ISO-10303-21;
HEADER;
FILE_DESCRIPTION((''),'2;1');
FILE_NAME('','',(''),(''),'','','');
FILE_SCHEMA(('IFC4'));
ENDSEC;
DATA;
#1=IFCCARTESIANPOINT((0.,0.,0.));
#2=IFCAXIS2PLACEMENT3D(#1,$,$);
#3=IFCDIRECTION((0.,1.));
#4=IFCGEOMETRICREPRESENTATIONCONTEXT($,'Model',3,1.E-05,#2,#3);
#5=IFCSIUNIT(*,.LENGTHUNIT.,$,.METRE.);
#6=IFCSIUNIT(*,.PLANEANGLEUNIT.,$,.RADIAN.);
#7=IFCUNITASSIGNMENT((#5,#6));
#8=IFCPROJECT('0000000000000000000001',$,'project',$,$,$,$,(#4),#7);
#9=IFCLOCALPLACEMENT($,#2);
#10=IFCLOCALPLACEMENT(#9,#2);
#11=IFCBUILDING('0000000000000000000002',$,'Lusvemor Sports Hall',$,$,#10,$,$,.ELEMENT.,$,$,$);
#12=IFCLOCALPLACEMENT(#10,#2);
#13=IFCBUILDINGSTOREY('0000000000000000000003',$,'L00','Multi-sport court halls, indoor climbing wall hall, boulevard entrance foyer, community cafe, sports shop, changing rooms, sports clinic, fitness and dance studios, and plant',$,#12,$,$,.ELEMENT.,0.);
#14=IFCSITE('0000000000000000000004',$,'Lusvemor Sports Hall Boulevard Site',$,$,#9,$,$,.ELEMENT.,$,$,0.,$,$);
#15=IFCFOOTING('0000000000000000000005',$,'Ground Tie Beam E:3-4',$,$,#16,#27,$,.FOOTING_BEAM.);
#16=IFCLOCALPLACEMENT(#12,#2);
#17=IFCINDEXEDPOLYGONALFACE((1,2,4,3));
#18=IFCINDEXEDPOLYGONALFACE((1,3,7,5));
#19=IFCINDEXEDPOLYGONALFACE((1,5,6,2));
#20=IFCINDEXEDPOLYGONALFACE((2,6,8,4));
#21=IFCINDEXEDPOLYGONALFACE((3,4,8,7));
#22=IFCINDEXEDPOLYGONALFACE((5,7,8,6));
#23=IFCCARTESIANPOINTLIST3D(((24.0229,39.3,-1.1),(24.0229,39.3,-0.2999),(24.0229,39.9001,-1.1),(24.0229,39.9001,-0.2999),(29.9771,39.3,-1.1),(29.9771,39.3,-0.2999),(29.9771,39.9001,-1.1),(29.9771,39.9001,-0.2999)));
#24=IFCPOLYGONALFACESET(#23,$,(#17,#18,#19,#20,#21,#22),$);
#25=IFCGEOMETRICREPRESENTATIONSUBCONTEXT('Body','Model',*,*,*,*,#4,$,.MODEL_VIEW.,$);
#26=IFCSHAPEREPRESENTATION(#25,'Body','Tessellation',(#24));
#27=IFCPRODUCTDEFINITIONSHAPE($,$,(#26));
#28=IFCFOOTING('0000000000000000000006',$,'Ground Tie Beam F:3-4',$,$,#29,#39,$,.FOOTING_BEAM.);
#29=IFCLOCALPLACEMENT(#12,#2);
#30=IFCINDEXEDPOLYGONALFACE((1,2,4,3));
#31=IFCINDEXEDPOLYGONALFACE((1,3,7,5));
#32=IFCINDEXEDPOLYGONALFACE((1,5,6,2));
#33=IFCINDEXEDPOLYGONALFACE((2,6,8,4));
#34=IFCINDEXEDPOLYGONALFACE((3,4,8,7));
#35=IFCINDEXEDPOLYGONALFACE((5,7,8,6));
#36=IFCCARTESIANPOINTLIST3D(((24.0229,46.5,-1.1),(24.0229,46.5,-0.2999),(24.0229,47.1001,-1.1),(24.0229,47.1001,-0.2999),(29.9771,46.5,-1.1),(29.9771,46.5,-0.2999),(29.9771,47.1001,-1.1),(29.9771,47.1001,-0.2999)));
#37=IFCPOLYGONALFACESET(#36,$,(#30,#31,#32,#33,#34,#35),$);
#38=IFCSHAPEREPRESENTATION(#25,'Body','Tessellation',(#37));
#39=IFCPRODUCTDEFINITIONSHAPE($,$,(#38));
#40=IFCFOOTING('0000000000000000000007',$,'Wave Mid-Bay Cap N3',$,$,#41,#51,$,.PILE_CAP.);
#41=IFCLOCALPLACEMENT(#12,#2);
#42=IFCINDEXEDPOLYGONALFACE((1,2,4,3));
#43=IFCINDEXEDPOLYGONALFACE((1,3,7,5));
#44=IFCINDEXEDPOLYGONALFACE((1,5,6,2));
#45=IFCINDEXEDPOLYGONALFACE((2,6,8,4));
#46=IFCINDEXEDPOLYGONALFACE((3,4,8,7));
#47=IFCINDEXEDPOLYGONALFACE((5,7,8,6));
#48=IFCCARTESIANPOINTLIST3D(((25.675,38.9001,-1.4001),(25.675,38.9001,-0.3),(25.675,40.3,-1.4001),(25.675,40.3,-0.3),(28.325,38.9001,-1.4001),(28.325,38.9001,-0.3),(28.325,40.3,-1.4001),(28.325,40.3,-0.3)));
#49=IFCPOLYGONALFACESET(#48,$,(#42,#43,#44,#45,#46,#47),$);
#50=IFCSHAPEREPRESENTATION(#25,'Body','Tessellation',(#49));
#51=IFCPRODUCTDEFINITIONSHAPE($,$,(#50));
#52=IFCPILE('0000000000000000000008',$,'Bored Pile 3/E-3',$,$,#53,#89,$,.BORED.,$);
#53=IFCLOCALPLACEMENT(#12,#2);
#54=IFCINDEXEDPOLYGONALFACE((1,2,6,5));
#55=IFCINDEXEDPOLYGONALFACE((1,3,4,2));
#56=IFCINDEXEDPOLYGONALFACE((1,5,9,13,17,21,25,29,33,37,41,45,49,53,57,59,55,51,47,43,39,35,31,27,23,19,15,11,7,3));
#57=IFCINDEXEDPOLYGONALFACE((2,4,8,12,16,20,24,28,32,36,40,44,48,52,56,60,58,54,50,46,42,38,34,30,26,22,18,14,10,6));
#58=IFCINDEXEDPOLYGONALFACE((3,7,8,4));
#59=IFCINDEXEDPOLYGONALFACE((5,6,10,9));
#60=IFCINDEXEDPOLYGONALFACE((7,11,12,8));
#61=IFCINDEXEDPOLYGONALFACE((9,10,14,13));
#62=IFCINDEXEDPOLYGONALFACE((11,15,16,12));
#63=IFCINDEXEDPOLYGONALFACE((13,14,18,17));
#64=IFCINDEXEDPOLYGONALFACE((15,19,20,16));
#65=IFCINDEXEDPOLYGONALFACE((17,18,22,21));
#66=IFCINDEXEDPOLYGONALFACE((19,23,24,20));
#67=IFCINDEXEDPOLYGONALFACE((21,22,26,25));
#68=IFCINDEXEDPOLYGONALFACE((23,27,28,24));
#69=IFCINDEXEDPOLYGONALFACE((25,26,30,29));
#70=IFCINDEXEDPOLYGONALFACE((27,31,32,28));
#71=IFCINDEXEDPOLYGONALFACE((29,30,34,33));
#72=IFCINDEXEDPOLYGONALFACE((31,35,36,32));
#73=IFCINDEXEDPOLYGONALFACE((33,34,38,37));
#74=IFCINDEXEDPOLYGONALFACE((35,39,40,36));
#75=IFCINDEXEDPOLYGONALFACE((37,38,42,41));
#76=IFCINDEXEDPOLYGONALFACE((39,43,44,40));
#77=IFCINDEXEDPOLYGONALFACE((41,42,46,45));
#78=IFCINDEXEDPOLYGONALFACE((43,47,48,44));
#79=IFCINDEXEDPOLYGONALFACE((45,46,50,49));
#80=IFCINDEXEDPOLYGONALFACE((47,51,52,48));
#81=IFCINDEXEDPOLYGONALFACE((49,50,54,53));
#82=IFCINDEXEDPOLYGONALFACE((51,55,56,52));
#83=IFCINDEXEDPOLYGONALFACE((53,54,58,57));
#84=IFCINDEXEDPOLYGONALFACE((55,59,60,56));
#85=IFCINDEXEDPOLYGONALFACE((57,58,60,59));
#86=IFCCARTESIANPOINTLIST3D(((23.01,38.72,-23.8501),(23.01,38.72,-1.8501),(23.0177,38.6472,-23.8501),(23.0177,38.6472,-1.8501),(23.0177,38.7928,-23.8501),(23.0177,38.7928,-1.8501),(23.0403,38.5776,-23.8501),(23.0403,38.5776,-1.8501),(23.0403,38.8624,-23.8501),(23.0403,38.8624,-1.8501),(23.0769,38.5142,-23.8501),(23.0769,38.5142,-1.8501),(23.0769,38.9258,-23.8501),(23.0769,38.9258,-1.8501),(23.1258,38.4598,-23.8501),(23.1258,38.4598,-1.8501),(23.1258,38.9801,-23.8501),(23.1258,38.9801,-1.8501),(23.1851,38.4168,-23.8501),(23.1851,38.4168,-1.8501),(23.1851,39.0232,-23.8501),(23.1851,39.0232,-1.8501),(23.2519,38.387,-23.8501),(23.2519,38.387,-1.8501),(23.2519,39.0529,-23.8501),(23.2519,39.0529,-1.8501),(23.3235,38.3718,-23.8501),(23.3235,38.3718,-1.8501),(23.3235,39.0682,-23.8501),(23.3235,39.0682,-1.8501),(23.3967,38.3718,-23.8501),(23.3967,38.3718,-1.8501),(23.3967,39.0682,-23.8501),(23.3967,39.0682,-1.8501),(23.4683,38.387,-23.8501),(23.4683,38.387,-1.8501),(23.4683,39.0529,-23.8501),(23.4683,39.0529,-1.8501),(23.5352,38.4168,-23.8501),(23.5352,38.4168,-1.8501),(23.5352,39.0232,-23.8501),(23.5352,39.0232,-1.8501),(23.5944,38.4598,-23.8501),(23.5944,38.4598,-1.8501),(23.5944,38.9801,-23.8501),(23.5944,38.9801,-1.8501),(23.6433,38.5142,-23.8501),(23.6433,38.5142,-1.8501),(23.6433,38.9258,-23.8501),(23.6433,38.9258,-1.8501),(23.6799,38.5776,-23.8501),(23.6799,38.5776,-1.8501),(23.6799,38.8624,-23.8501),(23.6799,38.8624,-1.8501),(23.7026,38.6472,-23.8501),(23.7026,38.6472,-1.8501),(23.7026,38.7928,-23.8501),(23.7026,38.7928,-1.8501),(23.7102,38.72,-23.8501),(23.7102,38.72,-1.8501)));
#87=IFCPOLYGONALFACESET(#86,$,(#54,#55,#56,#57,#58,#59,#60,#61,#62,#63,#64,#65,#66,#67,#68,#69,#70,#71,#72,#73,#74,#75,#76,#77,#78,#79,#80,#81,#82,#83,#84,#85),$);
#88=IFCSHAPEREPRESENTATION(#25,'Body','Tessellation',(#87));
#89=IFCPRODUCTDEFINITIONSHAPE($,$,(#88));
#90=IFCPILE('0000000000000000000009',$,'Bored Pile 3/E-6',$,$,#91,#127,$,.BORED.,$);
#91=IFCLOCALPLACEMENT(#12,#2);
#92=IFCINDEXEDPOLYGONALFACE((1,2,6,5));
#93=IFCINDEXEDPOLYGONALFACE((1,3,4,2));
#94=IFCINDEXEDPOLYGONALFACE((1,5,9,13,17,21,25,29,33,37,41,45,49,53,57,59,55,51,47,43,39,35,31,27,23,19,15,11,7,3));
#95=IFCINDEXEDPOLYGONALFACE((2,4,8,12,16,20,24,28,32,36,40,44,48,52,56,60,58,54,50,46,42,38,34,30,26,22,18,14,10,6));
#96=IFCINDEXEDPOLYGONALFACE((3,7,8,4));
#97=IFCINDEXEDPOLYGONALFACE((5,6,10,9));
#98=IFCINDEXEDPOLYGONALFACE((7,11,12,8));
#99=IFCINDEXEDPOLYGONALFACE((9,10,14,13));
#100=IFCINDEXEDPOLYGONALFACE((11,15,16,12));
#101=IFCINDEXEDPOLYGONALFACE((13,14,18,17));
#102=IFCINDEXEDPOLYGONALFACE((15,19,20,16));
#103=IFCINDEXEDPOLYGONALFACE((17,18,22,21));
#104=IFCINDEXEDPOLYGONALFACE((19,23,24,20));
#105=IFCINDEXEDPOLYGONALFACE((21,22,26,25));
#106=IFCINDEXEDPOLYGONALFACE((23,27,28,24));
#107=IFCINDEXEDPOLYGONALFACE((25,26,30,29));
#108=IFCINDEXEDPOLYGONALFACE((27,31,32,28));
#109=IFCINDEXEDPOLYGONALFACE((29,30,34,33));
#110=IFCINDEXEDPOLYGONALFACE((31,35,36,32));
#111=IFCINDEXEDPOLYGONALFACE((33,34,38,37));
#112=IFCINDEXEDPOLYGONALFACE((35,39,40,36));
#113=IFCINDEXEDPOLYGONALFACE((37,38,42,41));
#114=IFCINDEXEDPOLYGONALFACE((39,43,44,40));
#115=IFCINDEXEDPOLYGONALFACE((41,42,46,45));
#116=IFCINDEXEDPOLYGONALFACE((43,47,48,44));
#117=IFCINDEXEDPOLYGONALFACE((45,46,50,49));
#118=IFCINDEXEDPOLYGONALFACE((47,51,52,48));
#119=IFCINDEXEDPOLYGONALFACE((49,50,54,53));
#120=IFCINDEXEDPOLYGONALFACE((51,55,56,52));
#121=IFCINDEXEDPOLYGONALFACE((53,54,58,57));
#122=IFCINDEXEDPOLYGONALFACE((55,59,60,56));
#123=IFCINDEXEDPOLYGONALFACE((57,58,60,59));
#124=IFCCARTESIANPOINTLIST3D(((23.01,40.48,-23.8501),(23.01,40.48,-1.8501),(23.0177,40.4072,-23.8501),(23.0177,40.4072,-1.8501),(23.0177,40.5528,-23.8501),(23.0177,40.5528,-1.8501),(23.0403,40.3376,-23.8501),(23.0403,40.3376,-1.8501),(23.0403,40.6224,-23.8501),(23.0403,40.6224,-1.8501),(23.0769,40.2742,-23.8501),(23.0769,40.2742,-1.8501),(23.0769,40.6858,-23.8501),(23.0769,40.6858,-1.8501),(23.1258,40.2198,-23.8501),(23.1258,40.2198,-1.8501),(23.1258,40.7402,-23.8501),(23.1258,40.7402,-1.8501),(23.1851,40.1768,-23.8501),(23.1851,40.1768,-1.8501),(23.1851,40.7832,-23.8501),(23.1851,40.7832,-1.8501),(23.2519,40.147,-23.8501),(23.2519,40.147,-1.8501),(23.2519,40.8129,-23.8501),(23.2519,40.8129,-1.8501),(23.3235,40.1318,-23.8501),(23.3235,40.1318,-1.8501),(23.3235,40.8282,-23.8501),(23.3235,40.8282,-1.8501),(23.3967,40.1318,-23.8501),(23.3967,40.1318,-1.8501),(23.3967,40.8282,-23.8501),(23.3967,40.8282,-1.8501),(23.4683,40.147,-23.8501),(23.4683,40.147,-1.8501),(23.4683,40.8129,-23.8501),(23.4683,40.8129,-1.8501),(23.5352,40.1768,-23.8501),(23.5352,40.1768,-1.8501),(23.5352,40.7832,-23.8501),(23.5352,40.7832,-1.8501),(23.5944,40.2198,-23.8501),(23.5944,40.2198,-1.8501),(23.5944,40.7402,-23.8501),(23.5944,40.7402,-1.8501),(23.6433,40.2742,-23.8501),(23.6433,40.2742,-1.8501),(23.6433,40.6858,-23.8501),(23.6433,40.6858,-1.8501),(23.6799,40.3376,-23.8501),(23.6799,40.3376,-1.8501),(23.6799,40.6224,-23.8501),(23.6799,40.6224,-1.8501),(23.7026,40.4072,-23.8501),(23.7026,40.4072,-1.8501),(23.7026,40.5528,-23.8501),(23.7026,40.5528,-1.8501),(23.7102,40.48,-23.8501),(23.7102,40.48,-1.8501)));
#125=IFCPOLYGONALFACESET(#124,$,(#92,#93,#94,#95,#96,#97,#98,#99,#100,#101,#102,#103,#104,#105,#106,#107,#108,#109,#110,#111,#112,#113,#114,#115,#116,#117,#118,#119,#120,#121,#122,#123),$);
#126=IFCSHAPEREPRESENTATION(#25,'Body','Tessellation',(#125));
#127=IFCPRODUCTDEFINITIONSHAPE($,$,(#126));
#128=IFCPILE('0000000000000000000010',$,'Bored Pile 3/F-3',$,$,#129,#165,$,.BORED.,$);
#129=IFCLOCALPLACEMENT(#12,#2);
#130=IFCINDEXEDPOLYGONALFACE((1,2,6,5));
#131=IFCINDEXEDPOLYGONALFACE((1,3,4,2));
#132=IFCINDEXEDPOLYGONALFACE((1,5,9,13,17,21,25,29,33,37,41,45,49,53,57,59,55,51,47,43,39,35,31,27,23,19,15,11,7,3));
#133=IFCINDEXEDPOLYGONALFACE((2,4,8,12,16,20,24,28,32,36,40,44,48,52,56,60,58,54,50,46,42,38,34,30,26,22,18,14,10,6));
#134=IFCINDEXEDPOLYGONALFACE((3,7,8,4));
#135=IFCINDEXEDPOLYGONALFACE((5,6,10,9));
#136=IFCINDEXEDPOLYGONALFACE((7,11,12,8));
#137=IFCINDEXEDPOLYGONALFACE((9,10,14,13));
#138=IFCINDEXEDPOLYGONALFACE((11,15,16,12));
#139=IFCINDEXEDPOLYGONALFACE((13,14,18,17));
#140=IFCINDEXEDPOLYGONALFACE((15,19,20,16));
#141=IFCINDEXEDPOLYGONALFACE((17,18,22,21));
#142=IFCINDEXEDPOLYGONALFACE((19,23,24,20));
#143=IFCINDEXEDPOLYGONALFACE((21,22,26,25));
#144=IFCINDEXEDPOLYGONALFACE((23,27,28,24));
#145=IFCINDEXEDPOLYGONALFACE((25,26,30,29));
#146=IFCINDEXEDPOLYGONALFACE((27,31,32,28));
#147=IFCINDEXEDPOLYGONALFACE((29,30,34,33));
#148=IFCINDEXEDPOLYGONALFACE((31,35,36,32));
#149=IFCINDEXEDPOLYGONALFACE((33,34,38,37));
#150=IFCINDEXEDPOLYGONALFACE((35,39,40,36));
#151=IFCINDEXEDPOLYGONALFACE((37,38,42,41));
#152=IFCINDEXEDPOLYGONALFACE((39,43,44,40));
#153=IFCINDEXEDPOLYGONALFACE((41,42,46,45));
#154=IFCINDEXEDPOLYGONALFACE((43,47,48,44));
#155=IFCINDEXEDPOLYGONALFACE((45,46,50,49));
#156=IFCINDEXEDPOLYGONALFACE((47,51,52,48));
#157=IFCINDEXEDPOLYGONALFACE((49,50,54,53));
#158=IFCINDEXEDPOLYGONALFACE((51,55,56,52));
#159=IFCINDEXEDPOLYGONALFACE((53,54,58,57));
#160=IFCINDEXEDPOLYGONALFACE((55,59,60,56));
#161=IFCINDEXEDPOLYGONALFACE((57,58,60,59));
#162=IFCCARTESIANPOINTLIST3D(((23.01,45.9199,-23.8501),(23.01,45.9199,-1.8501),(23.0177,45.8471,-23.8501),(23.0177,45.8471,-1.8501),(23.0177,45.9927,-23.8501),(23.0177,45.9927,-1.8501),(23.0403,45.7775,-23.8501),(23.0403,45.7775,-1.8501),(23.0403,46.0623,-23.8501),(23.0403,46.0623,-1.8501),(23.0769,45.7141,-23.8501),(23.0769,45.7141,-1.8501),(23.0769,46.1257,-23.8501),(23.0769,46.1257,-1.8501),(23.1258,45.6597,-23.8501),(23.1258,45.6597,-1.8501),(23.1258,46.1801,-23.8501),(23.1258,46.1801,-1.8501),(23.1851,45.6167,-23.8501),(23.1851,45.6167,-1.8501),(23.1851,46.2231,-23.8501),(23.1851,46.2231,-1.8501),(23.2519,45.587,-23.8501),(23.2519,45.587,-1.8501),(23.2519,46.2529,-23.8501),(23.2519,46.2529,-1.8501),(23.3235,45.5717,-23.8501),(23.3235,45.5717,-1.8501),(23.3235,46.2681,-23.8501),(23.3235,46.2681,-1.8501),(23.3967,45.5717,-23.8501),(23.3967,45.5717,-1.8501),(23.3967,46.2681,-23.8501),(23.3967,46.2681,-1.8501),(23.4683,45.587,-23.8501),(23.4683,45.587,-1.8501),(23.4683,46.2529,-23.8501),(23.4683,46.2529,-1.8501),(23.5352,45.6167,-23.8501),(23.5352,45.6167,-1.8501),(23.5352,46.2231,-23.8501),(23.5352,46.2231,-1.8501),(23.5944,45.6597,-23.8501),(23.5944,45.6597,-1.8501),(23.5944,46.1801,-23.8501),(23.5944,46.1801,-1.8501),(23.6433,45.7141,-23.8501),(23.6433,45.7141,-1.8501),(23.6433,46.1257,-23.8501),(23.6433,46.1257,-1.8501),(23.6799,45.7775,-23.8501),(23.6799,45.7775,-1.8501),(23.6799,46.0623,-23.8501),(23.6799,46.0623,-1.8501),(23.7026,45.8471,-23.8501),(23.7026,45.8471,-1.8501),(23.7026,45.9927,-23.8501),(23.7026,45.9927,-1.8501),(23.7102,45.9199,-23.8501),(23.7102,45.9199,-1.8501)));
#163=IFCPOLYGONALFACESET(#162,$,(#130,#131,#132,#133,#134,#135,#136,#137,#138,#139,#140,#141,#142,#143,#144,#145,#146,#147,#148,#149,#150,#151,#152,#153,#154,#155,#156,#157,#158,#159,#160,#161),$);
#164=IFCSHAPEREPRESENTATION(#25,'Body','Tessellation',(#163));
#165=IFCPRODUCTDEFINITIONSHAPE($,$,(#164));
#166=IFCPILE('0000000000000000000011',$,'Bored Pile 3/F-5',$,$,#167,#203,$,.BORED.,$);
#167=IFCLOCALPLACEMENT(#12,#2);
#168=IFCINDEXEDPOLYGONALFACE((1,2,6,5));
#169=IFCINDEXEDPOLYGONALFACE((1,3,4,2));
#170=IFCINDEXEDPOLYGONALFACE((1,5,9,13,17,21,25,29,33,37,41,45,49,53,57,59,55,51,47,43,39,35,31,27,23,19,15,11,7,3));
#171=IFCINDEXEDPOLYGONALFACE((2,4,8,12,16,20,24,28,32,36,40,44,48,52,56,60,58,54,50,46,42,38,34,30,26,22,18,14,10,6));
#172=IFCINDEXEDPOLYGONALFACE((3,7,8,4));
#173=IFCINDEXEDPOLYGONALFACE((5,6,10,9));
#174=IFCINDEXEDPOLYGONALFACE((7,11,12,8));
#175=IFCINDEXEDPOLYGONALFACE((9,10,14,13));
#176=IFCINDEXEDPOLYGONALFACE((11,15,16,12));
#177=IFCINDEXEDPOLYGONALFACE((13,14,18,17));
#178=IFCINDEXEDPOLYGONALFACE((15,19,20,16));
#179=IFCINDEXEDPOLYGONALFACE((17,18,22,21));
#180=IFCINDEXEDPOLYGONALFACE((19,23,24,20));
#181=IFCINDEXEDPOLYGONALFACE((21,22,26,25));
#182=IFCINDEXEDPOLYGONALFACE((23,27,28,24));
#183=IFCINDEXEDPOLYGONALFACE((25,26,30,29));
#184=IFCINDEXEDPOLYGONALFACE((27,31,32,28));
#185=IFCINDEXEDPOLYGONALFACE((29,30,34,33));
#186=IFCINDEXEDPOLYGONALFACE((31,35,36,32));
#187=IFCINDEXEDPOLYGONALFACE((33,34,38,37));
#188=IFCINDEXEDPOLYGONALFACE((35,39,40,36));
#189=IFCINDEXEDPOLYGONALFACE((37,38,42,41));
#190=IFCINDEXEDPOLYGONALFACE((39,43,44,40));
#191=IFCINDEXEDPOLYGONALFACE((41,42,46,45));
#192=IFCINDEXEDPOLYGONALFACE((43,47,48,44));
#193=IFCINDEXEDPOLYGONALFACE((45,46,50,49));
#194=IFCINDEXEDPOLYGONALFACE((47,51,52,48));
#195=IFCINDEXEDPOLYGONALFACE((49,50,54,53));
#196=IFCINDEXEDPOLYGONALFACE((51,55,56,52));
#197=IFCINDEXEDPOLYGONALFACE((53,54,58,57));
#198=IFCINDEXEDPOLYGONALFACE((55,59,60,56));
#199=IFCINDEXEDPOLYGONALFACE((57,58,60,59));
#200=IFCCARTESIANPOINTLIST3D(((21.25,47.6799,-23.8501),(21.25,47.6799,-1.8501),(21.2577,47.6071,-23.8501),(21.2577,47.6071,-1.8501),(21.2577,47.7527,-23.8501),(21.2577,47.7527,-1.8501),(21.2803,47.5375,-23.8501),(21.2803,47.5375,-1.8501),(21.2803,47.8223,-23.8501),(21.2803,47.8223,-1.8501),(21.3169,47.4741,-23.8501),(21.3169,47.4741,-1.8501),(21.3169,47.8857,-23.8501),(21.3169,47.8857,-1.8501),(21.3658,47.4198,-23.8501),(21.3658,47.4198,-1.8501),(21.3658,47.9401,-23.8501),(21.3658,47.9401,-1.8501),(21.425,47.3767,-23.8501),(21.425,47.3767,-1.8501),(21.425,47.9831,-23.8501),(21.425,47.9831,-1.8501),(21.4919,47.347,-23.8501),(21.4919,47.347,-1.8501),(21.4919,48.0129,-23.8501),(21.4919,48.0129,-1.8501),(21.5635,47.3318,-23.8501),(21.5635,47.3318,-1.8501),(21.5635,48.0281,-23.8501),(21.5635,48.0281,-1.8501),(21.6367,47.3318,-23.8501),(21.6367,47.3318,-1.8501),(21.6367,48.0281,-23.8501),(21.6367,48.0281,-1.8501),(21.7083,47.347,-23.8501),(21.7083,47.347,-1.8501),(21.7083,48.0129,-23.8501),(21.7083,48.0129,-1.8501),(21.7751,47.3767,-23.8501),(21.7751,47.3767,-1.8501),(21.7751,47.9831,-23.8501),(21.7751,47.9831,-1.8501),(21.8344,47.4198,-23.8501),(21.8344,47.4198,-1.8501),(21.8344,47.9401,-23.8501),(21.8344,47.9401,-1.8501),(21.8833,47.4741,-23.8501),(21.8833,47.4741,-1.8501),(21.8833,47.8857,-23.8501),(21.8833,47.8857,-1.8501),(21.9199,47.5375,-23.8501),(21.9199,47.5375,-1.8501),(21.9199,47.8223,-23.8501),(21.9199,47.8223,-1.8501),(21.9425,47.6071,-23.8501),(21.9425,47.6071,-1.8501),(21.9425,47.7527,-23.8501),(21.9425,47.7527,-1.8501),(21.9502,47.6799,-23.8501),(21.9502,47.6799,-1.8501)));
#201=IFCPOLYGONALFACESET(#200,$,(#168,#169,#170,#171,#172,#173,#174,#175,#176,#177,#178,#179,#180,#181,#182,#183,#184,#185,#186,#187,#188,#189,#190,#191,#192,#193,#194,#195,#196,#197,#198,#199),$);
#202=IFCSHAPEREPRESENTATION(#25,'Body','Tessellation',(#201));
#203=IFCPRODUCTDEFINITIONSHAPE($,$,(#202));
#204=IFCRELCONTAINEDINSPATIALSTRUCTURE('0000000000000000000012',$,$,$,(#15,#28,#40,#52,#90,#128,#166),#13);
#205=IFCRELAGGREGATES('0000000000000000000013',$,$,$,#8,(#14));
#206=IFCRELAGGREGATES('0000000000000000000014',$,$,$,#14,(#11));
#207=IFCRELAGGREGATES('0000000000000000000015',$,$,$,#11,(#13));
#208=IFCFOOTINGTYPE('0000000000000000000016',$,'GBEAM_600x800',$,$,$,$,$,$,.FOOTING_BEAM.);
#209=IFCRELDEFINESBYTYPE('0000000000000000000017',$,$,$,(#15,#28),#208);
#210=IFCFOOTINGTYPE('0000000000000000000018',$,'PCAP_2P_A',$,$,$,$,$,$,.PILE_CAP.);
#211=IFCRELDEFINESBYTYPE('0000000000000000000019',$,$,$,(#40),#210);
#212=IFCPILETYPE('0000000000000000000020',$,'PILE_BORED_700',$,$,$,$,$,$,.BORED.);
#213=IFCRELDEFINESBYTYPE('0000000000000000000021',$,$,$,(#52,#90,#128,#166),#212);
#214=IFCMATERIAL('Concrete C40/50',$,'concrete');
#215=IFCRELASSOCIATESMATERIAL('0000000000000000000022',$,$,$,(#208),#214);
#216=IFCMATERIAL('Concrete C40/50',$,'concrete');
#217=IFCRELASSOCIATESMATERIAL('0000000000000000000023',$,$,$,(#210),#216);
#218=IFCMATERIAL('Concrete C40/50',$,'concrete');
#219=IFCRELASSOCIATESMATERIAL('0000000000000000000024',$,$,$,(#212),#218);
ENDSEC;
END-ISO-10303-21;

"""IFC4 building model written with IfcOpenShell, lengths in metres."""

from ifc_helpers import new_model, si_unit, direction, frame, origin, origin_2d, place, context, subcontext, project, spatial, rectangle, circle, extrude, material, material_profile, profile_set, type_object, element, save


model = new_model("IFC4")

# Units and contexts
model_context = context("Model", 3, precision=1e-05, world=origin(), true_north=direction((0.0, 1.0)))
body_context = subcontext(model_context, "Body", "Model", "MODEL_VIEW")
ifc_project = project(units=[si_unit("LENGTHUNIT", "METRE"), si_unit("PLANEANGLEUNIT", "RADIAN")], contexts=[model_context])

# Site, building, storey
site_placement = place(None, origin())
site = spatial("IfcSite", under=ifc_project, at=site_placement, Name="Lusvemor Sports Hall Boulevard Site", CompositionType="ELEMENT", RefElevation=0.0)
building_placement = place(site_placement, origin())
building = spatial("IfcBuilding", under=site, at=building_placement, Name="Lusvemor Sports Hall", CompositionType="ELEMENT")
storey_placement = place(building_placement, origin())
storey = spatial("IfcBuildingStorey", under=building, at=storey_placement, Name="L00", Description="Multi-sport court halls, indoor climbing wall hall, boulevard entrance foyer, community cafe, sports shop, changing rooms, sports clinic, fitness and dance studios, and plant", CompositionType="ELEMENT", Elevation=0.0)

# Footings
ifc_material_1 = material(Name="Concrete C40/50", Category="concrete")
ifc_material_profile_1 = material_profile(ifc_material_1, rectangle(XDim=0.6001, YDim=0.8, at=origin_2d()), Name="GB_600x800")
ifc_profile_set_1 = profile_set([ifc_material_profile_1], Name="Concrete C40/50")
footing_type_1 = type_object("IfcFootingType", Name="GBEAM_600x800", PredefinedType="FOOTING_BEAM", material=ifc_profile_set_1)
for number, where, z_axis, x_axis, name in (
    (1, (24.0229, 39.6001, -0.7), (1.0, 0.0, 0.0), (0.0, 1.0, 0.0), "Ground Tie Beam E:3-4"),
    (2, (24.0229, 46.8, -0.7), (1.0, 0.0, 0.0), (0.0, 1.0, 0.0), "Ground Tie Beam F:3-4"),
):
    element("IfcFooting", number, at=place(storey_placement, frame(where, z_axis=z_axis, x_axis=x_axis)), inside=storey, type_object=footing_type_1, Name=name, PredefinedType="FOOTING_BEAM", context=body_context, shape_type="SweptSolid", body=[
        extrude(rectangle(XDim=0.6001, YDim=0.8, at=origin_2d()), origin(), (0.0, 0.0, 1.0), 5.9541),
    ])
ifc_material_2 = material(Name="Concrete C40/50", Category="concrete")
footing_type_2 = type_object("IfcFootingType", Name="PCAP_2P_A", PredefinedType="PILE_CAP", material=ifc_material_2)
footing_placement = place(storey_placement, frame((27.0, 39.6001, -1.4001), z_axis=(0.0, 0.0, 1.0), x_axis=(1.0, 0.0, 0.0)))
element("IfcFooting", 3, at=footing_placement, inside=storey, type_object=footing_type_2, Name="Wave Mid-Bay Cap N3", PredefinedType="PILE_CAP", context=body_context, shape_type="SweptSolid", body=[
    extrude(rectangle(XDim=2.6499, YDim=1.3999, at=origin_2d()), origin(), (0.0, 0.0, 1.0), 1.1001),
])

# Piles
ifc_material_3 = material(Name="Concrete C40/50", Category="concrete")
ifc_material_profile_2 = material_profile(ifc_material_3, circle(Radius=0.3501, at=origin_2d()), Name="PILE700")
ifc_profile_set_2 = profile_set([ifc_material_profile_2], Name="Concrete C40/50")
pile_type = type_object("IfcPileType", Name="PILE_BORED_700", PredefinedType="BORED", material=ifc_profile_set_2)
for number, where, z_axis, x_axis, name in (
    (4, (23.3601, 38.72, -1.8501), (0.0, 0.0, -1.0), (1.0, 0.0, 0.0), "Bored Pile 3/E-3"),
    (5, (23.3601, 40.48, -1.8501), (0.0, 0.0, -1.0), (1.0, 0.0, 0.0), "Bored Pile 3/E-6"),
    (6, (23.3601, 45.9199, -1.8501), (0.0, 0.0, -1.0), (1.0, 0.0, 0.0), "Bored Pile 3/F-3"),
    (7, (21.6001, 47.6799, -1.8501), (0.0, 0.0, -1.0), (1.0, 0.0, 0.0), "Bored Pile 3/F-5"),
):
    element("IfcPile", number, at=place(storey_placement, frame(where, z_axis=z_axis, x_axis=x_axis)), inside=storey, type_object=pile_type, Name=name, PredefinedType="BORED", context=body_context, shape_type="SweptSolid", body=[
        extrude(circle(Radius=0.3501, at=origin_2d()), origin(), (0.0, 0.0, 1.0), 22.0),
    ])

save(model, "model.ifc")
